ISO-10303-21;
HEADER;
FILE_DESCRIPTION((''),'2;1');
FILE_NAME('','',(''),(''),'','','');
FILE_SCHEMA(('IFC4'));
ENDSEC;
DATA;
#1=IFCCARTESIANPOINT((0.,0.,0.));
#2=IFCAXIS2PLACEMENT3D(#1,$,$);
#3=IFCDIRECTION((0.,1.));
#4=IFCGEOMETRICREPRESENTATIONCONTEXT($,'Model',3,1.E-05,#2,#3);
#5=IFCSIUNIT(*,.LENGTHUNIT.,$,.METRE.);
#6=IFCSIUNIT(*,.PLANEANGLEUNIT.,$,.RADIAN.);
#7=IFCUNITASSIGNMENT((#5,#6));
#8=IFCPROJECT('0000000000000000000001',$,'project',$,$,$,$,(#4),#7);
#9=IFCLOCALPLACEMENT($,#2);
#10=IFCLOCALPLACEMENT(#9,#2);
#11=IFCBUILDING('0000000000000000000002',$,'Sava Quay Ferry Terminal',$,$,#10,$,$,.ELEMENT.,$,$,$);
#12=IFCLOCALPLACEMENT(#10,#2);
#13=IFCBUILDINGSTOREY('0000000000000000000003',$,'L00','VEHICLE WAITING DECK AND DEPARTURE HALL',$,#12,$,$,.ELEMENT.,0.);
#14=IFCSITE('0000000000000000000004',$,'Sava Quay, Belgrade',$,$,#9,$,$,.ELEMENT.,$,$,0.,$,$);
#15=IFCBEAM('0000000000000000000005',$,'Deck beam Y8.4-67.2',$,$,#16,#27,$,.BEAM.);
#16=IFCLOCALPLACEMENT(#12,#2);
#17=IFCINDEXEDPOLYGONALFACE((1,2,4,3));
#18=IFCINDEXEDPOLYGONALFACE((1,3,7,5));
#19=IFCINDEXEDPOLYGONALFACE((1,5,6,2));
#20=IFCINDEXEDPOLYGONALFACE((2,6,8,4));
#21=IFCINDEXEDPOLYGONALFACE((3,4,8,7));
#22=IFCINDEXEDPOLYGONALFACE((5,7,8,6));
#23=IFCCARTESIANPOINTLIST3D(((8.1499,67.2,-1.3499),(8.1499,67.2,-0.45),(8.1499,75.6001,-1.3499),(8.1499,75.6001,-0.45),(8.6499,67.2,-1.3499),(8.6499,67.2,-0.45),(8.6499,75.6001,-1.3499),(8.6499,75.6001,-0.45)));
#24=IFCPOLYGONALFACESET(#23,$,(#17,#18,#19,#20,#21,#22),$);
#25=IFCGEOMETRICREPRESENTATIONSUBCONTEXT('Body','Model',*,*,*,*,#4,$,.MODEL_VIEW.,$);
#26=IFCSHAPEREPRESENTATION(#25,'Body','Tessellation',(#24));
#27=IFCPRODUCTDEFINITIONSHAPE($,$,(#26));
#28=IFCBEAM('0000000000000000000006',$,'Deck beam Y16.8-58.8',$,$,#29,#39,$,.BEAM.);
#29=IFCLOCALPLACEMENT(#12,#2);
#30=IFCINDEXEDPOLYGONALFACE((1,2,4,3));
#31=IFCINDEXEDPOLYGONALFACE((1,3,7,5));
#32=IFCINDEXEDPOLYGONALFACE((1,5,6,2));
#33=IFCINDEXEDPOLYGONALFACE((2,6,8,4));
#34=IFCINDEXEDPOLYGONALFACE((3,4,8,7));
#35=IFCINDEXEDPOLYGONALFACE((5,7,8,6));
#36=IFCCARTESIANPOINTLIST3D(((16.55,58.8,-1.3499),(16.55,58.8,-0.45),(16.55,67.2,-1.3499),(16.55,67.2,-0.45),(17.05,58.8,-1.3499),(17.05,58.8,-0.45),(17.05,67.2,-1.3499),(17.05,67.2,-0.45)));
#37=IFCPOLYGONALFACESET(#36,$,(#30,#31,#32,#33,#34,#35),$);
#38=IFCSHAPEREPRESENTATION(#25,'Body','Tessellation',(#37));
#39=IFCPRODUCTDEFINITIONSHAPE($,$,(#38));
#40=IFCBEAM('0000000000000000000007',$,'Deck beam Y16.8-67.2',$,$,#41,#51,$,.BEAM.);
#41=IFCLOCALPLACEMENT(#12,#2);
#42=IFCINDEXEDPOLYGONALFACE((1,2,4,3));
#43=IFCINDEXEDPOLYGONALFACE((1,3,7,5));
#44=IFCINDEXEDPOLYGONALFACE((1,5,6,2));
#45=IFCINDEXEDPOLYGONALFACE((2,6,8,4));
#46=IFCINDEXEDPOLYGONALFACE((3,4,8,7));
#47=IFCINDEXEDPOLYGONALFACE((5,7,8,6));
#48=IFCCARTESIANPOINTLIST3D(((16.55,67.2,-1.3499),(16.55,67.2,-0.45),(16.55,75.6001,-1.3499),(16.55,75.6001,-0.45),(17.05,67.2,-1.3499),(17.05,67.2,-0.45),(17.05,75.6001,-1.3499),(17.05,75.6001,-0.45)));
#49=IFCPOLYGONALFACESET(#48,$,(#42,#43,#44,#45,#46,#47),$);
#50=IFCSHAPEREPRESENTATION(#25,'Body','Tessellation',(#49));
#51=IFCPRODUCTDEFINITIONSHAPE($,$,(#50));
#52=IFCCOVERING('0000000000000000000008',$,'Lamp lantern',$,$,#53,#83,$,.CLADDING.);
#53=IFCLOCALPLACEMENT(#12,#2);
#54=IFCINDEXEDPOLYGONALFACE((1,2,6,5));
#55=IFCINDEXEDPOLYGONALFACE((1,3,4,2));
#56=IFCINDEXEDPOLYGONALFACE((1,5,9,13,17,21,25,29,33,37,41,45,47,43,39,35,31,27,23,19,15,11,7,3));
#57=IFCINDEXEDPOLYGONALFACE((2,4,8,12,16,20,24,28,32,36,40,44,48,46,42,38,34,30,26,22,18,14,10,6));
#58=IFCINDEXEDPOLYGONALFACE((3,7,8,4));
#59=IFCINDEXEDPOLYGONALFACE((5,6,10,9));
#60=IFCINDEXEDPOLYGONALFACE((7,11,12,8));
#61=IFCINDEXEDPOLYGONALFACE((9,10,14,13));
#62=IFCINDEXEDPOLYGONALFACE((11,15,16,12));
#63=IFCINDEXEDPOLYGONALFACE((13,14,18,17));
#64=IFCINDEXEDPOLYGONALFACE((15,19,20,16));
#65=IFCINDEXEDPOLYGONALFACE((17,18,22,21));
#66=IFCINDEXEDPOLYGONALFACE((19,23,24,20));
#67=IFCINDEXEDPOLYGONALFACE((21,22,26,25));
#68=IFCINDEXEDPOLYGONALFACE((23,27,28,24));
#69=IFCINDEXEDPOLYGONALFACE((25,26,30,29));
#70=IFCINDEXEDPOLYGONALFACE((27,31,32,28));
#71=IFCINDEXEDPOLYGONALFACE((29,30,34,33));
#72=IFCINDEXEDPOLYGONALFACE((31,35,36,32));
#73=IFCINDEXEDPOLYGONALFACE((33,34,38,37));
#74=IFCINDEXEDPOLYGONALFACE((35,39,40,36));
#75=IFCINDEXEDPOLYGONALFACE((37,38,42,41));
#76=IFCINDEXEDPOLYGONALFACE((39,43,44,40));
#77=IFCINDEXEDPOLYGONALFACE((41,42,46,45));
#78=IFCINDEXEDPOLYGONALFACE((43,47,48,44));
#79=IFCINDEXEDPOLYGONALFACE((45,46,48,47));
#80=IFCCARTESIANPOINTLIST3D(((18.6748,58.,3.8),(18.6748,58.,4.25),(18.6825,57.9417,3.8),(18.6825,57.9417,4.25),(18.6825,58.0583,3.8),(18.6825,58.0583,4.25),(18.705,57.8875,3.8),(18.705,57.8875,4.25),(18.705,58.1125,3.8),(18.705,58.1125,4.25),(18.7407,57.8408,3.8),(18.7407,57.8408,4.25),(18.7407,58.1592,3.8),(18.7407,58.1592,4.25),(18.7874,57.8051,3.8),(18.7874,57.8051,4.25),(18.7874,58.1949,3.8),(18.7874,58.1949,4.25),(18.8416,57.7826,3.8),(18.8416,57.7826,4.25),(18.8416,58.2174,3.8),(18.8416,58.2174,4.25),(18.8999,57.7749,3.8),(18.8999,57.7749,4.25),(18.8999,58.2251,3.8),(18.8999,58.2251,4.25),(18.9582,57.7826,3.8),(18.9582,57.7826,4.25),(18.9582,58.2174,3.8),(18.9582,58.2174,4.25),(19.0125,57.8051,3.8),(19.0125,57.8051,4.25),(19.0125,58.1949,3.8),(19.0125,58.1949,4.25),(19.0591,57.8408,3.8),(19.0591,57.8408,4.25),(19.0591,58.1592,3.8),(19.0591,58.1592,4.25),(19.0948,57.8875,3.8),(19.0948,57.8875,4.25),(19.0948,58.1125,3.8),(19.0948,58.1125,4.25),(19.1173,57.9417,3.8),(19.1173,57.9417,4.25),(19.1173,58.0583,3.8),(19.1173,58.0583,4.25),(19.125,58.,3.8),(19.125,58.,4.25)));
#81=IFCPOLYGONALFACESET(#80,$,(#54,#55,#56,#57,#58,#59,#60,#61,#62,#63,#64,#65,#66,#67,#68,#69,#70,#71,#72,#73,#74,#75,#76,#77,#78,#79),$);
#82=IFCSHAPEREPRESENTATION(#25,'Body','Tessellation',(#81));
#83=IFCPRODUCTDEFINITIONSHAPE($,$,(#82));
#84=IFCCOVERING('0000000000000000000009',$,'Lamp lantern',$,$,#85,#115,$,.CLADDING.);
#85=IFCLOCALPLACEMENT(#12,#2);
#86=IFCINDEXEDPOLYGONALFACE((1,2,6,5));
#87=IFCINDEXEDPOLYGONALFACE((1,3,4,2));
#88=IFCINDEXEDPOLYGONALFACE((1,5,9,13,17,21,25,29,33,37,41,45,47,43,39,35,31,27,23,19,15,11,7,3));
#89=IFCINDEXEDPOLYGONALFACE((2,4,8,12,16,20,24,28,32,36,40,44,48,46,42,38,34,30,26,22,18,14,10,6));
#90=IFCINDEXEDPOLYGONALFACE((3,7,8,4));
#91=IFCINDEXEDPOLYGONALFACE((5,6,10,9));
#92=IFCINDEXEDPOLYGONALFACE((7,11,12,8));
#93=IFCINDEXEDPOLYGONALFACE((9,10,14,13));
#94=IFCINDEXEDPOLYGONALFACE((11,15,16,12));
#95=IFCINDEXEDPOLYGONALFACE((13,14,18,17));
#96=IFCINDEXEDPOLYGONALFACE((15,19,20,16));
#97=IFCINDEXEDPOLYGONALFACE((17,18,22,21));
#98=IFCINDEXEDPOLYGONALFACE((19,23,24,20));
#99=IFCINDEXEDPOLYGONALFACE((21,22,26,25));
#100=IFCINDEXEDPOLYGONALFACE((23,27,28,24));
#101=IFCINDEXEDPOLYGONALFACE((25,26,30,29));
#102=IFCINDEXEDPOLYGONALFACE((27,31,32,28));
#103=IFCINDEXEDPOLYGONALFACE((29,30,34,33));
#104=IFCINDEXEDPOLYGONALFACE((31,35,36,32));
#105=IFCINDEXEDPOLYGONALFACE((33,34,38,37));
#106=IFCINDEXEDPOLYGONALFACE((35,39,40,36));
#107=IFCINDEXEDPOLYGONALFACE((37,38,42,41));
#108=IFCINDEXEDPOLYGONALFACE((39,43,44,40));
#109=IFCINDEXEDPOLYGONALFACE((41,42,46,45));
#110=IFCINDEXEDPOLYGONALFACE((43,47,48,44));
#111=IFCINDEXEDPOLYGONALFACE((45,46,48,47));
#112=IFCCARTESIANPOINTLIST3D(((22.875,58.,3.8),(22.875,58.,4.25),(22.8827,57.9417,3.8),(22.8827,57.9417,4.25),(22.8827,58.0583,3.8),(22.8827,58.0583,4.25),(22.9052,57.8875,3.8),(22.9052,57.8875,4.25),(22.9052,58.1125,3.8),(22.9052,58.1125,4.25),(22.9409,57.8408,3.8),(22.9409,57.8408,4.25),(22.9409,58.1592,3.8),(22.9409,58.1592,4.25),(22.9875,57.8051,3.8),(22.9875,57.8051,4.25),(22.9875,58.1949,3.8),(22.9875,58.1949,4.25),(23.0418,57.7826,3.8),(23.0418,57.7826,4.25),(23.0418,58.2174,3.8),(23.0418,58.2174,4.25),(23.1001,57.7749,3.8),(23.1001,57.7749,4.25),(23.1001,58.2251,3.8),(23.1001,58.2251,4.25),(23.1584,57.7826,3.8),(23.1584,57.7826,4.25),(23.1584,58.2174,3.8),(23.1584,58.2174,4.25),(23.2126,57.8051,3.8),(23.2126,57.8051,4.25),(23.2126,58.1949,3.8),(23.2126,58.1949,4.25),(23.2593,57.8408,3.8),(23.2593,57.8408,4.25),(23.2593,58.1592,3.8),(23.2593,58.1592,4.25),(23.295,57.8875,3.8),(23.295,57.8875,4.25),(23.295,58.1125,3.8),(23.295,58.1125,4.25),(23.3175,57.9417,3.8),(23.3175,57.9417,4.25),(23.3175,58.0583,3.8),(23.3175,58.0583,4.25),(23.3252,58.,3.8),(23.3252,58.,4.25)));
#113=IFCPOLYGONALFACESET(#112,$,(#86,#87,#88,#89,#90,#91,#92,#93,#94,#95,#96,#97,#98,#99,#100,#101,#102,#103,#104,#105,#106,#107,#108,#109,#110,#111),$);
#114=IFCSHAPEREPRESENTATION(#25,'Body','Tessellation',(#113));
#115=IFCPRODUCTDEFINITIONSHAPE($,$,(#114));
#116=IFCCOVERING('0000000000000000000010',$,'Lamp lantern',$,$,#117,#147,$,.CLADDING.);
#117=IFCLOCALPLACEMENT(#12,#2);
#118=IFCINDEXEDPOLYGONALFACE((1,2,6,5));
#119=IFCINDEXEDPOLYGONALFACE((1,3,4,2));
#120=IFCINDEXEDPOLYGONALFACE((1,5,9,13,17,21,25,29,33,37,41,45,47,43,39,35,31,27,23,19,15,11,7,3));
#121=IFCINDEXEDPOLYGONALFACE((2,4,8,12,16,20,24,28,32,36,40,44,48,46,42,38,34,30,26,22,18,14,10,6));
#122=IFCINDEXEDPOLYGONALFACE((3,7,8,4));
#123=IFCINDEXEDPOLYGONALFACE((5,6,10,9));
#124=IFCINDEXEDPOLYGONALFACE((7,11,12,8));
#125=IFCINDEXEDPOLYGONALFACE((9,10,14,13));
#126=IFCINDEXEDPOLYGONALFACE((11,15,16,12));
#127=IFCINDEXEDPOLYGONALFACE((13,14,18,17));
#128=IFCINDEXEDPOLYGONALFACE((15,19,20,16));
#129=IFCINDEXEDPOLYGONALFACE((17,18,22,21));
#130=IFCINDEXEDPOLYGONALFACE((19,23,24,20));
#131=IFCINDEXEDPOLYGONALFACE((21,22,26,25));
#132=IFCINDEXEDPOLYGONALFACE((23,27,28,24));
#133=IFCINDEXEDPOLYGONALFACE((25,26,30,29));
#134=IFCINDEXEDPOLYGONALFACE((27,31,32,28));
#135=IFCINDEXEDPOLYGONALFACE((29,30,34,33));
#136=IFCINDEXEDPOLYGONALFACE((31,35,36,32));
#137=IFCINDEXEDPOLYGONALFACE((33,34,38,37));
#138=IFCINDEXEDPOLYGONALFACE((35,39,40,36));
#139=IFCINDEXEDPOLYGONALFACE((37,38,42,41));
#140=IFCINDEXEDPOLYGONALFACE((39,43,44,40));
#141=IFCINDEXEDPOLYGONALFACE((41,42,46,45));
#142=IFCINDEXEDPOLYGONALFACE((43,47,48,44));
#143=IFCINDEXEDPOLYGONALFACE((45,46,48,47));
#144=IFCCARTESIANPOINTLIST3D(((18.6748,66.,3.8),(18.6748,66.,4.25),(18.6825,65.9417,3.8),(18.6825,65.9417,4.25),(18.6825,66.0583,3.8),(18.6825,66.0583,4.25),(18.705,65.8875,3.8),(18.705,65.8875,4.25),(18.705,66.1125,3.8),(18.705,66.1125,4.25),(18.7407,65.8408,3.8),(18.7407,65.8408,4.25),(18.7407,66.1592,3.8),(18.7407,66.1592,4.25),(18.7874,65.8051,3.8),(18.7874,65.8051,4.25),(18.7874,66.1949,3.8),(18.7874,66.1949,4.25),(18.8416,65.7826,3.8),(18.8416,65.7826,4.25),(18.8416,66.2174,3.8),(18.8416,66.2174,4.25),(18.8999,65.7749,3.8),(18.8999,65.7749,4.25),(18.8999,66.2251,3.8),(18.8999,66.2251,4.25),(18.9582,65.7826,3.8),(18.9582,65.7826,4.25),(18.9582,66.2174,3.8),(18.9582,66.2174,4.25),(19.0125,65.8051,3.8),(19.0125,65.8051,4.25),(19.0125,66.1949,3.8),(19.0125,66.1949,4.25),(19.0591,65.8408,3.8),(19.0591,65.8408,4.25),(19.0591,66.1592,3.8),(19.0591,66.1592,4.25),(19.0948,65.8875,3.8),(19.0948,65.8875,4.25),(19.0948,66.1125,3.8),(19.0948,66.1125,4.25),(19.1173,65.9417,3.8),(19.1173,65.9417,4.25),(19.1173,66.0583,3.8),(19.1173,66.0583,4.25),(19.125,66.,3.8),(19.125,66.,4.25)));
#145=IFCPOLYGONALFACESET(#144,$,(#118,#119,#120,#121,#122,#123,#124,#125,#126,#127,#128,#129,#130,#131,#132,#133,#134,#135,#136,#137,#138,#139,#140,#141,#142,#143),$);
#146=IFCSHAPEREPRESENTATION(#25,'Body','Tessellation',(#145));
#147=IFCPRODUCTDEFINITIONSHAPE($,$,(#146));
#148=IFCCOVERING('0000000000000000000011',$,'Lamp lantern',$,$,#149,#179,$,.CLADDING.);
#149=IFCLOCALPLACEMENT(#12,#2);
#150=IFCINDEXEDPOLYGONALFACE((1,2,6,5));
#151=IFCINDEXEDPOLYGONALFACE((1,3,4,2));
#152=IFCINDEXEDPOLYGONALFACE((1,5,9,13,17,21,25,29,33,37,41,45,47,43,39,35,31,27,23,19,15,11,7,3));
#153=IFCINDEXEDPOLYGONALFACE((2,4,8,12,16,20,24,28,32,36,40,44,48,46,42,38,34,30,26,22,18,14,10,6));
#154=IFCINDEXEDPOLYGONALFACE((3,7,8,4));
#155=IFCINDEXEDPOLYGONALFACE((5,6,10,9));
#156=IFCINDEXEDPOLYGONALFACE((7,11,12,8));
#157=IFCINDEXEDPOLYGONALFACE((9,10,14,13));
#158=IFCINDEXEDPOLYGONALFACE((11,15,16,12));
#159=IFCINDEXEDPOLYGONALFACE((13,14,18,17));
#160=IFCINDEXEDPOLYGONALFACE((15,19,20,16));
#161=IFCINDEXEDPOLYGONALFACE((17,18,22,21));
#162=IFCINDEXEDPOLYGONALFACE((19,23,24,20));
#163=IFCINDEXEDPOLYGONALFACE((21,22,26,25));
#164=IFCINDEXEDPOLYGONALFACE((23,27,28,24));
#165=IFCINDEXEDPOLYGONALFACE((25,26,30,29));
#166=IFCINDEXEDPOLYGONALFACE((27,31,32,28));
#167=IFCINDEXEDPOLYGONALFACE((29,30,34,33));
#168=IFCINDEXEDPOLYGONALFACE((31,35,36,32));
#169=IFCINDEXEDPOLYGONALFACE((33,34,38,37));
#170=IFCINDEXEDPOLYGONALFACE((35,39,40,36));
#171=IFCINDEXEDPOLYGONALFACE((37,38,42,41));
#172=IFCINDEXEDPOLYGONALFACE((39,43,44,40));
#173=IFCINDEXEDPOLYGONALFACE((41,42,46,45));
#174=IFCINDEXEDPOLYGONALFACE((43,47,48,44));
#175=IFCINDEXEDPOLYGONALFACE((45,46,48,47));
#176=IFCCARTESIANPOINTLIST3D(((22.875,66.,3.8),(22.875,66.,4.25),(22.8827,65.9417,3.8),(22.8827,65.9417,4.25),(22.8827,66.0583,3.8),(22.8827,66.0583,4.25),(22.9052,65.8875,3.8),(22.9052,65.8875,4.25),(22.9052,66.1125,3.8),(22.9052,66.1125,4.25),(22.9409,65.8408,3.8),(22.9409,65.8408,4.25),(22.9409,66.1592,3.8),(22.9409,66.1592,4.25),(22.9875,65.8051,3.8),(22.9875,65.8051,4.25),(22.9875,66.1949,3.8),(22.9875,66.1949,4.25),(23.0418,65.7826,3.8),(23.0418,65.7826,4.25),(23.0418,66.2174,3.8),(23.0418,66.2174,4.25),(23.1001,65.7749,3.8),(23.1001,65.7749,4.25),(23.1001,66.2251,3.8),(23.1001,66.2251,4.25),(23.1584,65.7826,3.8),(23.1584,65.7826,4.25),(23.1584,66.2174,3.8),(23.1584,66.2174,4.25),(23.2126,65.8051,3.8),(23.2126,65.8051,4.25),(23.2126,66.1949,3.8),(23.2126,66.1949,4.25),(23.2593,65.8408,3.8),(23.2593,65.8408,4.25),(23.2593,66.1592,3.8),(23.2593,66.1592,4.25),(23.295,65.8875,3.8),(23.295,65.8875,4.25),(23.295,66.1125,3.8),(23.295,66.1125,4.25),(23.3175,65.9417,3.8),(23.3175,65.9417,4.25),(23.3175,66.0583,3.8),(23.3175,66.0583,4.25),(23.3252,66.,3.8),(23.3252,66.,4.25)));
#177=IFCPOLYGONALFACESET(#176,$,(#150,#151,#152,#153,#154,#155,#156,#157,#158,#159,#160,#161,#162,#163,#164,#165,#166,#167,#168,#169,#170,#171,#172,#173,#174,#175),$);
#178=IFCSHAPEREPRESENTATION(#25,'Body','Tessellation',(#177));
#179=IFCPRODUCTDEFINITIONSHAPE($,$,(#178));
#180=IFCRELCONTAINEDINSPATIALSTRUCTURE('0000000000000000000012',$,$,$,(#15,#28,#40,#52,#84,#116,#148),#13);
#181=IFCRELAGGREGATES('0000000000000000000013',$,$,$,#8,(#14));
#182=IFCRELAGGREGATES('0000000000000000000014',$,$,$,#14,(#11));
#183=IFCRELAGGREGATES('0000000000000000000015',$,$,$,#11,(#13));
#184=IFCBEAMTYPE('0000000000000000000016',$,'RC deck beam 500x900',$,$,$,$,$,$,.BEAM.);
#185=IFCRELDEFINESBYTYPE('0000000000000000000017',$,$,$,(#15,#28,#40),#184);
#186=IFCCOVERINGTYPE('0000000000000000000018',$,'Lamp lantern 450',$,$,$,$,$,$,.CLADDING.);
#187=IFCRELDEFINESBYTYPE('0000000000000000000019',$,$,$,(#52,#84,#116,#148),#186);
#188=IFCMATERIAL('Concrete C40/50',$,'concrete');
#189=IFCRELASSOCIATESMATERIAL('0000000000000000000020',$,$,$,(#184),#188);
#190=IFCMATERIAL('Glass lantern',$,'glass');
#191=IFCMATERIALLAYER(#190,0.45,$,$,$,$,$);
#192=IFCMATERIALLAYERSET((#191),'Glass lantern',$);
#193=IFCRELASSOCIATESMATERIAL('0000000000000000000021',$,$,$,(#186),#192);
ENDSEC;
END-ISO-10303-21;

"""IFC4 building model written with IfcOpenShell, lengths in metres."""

from ifc_helpers import new_model, si_unit, direction, frame, origin, origin_2d, place, context, subcontext, project, spatial, rectangle, circle, extrude, material, layer, layer_set, material_profile, profile_set, type_object, element, save


model = new_model("IFC4")

# Units and contexts
model_context = context("Model", 3, precision=1e-05, world=origin(), true_north=direction((0.0, 1.0)))
body_context = subcontext(model_context, "Body", "Model", "MODEL_VIEW")
ifc_project = project(units=[si_unit("LENGTHUNIT", "METRE"), si_unit("PLANEANGLEUNIT", "RADIAN")], contexts=[model_context])

# Site, building, storey
site_placement = place(None, origin())
site = spatial("IfcSite", under=ifc_project, at=site_placement, Name="Sava Quay, Belgrade", CompositionType="ELEMENT", RefElevation=0.0)
building_placement = place(site_placement, origin())
building = spatial("IfcBuilding", under=site, at=building_placement, Name="Sava Quay Ferry Terminal", CompositionType="ELEMENT")
storey_placement = place(building_placement, origin())
storey = spatial("IfcBuildingStorey", under=building, at=storey_placement, Name="L00", Description="VEHICLE WAITING DECK AND DEPARTURE HALL", CompositionType="ELEMENT", Elevation=0.0)

# Beams
ifc_material_1 = material(Name="Concrete C40/50", Category="concrete")
ifc_material_profile_1 = material_profile(ifc_material_1, rectangle(XDim=0.5, YDim=0.8999, at=origin_2d()), Name="RC 500x900")
ifc_profile_set_1 = profile_set([ifc_material_profile_1], Name="Concrete C40/50")
beam_type = type_object("IfcBeamType", Name="RC deck beam 500x900", PredefinedType="BEAM", material=ifc_profile_set_1)
beam_1_placement = place(storey_placement, frame((8.3999, 67.2, -0.8999), z_axis=(0.0, 1.0, 0.0), x_axis=(-1.0, 0.0, 0.0)))
element("IfcBeam", 1, at=beam_1_placement, inside=storey, type_object=beam_type, Name="Deck beam Y8.4-67.2", PredefinedType="BEAM", context=body_context, shape_type="SweptSolid", body=[
    extrude(rectangle(XDim=0.5, YDim=0.8999, at=origin_2d()), origin(), (0.0, 0.0, 1.0), 8.4001),
])
beam_2_placement = place(storey_placement, frame((16.8, 58.8, -0.8999), z_axis=(0.0, 1.0, 0.0), x_axis=(-1.0, 0.0, 0.0)))
element("IfcBeam", 2, at=beam_2_placement, inside=storey, type_object=beam_type, Name="Deck beam Y16.8-58.8", PredefinedType="BEAM", context=body_context, shape_type="SweptSolid", body=[
    extrude(rectangle(XDim=0.5, YDim=0.8999, at=origin_2d()), origin(), (0.0, 0.0, 1.0), 8.3999),
])
beam_3_placement = place(storey_placement, frame((16.8, 67.2, -0.8999), z_axis=(0.0, 1.0, 0.0), x_axis=(-1.0, 0.0, 0.0)))
element("IfcBeam", 3, at=beam_3_placement, inside=storey, type_object=beam_type, Name="Deck beam Y16.8-67.2", PredefinedType="BEAM", context=body_context, shape_type="SweptSolid", body=[
    extrude(rectangle(XDim=0.5, YDim=0.8999, at=origin_2d()), origin(), (0.0, 0.0, 1.0), 8.4001),
])

# Coverings
ifc_material_2 = material(Name="Glass lantern", Category="glass")
ifc_layer_1 = layer(ifc_material_2, 0.45)
ifc_layer_set_1 = layer_set([ifc_layer_1], Name="Glass lantern")
covering_type_1 = type_object("IfcCoveringType", Name="Lamp lantern 450", PredefinedType="CLADDING", material=ifc_layer_set_1)
for number, where, z_axis, x_axis, name in (
    (4, (18.8999, 58.0, 4.25), (0.0, 0.0, -1.0), (1.0, 0.0, 0.0), "Lamp lantern"),
    (5, (23.1001, 58.0, 4.25), (0.0, 0.0, -1.0), (1.0, 0.0, 0.0), "Lamp lantern"),
    (6, (18.8999, 66.0, 4.25), (0.0, 0.0, -1.0), (1.0, 0.0, 0.0), "Lamp lantern"),
    (7, (23.1001, 66.0, 4.25), (0.0, 0.0, -1.0), (1.0, 0.0, 0.0), "Lamp lantern"),
):
    element("IfcCovering", number, at=place(storey_placement, frame(where, z_axis=z_axis, x_axis=x_axis)), inside=storey, type_object=covering_type_1, Name=name, PredefinedType="CLADDING", context=body_context, shape_type="SweptSolid", body=[
        extrude(circle(Radius=0.2251, at=origin_2d()), origin(), (0.0, 0.0, 1.0), 0.45),
    ])

save(model, "model.ifc")
